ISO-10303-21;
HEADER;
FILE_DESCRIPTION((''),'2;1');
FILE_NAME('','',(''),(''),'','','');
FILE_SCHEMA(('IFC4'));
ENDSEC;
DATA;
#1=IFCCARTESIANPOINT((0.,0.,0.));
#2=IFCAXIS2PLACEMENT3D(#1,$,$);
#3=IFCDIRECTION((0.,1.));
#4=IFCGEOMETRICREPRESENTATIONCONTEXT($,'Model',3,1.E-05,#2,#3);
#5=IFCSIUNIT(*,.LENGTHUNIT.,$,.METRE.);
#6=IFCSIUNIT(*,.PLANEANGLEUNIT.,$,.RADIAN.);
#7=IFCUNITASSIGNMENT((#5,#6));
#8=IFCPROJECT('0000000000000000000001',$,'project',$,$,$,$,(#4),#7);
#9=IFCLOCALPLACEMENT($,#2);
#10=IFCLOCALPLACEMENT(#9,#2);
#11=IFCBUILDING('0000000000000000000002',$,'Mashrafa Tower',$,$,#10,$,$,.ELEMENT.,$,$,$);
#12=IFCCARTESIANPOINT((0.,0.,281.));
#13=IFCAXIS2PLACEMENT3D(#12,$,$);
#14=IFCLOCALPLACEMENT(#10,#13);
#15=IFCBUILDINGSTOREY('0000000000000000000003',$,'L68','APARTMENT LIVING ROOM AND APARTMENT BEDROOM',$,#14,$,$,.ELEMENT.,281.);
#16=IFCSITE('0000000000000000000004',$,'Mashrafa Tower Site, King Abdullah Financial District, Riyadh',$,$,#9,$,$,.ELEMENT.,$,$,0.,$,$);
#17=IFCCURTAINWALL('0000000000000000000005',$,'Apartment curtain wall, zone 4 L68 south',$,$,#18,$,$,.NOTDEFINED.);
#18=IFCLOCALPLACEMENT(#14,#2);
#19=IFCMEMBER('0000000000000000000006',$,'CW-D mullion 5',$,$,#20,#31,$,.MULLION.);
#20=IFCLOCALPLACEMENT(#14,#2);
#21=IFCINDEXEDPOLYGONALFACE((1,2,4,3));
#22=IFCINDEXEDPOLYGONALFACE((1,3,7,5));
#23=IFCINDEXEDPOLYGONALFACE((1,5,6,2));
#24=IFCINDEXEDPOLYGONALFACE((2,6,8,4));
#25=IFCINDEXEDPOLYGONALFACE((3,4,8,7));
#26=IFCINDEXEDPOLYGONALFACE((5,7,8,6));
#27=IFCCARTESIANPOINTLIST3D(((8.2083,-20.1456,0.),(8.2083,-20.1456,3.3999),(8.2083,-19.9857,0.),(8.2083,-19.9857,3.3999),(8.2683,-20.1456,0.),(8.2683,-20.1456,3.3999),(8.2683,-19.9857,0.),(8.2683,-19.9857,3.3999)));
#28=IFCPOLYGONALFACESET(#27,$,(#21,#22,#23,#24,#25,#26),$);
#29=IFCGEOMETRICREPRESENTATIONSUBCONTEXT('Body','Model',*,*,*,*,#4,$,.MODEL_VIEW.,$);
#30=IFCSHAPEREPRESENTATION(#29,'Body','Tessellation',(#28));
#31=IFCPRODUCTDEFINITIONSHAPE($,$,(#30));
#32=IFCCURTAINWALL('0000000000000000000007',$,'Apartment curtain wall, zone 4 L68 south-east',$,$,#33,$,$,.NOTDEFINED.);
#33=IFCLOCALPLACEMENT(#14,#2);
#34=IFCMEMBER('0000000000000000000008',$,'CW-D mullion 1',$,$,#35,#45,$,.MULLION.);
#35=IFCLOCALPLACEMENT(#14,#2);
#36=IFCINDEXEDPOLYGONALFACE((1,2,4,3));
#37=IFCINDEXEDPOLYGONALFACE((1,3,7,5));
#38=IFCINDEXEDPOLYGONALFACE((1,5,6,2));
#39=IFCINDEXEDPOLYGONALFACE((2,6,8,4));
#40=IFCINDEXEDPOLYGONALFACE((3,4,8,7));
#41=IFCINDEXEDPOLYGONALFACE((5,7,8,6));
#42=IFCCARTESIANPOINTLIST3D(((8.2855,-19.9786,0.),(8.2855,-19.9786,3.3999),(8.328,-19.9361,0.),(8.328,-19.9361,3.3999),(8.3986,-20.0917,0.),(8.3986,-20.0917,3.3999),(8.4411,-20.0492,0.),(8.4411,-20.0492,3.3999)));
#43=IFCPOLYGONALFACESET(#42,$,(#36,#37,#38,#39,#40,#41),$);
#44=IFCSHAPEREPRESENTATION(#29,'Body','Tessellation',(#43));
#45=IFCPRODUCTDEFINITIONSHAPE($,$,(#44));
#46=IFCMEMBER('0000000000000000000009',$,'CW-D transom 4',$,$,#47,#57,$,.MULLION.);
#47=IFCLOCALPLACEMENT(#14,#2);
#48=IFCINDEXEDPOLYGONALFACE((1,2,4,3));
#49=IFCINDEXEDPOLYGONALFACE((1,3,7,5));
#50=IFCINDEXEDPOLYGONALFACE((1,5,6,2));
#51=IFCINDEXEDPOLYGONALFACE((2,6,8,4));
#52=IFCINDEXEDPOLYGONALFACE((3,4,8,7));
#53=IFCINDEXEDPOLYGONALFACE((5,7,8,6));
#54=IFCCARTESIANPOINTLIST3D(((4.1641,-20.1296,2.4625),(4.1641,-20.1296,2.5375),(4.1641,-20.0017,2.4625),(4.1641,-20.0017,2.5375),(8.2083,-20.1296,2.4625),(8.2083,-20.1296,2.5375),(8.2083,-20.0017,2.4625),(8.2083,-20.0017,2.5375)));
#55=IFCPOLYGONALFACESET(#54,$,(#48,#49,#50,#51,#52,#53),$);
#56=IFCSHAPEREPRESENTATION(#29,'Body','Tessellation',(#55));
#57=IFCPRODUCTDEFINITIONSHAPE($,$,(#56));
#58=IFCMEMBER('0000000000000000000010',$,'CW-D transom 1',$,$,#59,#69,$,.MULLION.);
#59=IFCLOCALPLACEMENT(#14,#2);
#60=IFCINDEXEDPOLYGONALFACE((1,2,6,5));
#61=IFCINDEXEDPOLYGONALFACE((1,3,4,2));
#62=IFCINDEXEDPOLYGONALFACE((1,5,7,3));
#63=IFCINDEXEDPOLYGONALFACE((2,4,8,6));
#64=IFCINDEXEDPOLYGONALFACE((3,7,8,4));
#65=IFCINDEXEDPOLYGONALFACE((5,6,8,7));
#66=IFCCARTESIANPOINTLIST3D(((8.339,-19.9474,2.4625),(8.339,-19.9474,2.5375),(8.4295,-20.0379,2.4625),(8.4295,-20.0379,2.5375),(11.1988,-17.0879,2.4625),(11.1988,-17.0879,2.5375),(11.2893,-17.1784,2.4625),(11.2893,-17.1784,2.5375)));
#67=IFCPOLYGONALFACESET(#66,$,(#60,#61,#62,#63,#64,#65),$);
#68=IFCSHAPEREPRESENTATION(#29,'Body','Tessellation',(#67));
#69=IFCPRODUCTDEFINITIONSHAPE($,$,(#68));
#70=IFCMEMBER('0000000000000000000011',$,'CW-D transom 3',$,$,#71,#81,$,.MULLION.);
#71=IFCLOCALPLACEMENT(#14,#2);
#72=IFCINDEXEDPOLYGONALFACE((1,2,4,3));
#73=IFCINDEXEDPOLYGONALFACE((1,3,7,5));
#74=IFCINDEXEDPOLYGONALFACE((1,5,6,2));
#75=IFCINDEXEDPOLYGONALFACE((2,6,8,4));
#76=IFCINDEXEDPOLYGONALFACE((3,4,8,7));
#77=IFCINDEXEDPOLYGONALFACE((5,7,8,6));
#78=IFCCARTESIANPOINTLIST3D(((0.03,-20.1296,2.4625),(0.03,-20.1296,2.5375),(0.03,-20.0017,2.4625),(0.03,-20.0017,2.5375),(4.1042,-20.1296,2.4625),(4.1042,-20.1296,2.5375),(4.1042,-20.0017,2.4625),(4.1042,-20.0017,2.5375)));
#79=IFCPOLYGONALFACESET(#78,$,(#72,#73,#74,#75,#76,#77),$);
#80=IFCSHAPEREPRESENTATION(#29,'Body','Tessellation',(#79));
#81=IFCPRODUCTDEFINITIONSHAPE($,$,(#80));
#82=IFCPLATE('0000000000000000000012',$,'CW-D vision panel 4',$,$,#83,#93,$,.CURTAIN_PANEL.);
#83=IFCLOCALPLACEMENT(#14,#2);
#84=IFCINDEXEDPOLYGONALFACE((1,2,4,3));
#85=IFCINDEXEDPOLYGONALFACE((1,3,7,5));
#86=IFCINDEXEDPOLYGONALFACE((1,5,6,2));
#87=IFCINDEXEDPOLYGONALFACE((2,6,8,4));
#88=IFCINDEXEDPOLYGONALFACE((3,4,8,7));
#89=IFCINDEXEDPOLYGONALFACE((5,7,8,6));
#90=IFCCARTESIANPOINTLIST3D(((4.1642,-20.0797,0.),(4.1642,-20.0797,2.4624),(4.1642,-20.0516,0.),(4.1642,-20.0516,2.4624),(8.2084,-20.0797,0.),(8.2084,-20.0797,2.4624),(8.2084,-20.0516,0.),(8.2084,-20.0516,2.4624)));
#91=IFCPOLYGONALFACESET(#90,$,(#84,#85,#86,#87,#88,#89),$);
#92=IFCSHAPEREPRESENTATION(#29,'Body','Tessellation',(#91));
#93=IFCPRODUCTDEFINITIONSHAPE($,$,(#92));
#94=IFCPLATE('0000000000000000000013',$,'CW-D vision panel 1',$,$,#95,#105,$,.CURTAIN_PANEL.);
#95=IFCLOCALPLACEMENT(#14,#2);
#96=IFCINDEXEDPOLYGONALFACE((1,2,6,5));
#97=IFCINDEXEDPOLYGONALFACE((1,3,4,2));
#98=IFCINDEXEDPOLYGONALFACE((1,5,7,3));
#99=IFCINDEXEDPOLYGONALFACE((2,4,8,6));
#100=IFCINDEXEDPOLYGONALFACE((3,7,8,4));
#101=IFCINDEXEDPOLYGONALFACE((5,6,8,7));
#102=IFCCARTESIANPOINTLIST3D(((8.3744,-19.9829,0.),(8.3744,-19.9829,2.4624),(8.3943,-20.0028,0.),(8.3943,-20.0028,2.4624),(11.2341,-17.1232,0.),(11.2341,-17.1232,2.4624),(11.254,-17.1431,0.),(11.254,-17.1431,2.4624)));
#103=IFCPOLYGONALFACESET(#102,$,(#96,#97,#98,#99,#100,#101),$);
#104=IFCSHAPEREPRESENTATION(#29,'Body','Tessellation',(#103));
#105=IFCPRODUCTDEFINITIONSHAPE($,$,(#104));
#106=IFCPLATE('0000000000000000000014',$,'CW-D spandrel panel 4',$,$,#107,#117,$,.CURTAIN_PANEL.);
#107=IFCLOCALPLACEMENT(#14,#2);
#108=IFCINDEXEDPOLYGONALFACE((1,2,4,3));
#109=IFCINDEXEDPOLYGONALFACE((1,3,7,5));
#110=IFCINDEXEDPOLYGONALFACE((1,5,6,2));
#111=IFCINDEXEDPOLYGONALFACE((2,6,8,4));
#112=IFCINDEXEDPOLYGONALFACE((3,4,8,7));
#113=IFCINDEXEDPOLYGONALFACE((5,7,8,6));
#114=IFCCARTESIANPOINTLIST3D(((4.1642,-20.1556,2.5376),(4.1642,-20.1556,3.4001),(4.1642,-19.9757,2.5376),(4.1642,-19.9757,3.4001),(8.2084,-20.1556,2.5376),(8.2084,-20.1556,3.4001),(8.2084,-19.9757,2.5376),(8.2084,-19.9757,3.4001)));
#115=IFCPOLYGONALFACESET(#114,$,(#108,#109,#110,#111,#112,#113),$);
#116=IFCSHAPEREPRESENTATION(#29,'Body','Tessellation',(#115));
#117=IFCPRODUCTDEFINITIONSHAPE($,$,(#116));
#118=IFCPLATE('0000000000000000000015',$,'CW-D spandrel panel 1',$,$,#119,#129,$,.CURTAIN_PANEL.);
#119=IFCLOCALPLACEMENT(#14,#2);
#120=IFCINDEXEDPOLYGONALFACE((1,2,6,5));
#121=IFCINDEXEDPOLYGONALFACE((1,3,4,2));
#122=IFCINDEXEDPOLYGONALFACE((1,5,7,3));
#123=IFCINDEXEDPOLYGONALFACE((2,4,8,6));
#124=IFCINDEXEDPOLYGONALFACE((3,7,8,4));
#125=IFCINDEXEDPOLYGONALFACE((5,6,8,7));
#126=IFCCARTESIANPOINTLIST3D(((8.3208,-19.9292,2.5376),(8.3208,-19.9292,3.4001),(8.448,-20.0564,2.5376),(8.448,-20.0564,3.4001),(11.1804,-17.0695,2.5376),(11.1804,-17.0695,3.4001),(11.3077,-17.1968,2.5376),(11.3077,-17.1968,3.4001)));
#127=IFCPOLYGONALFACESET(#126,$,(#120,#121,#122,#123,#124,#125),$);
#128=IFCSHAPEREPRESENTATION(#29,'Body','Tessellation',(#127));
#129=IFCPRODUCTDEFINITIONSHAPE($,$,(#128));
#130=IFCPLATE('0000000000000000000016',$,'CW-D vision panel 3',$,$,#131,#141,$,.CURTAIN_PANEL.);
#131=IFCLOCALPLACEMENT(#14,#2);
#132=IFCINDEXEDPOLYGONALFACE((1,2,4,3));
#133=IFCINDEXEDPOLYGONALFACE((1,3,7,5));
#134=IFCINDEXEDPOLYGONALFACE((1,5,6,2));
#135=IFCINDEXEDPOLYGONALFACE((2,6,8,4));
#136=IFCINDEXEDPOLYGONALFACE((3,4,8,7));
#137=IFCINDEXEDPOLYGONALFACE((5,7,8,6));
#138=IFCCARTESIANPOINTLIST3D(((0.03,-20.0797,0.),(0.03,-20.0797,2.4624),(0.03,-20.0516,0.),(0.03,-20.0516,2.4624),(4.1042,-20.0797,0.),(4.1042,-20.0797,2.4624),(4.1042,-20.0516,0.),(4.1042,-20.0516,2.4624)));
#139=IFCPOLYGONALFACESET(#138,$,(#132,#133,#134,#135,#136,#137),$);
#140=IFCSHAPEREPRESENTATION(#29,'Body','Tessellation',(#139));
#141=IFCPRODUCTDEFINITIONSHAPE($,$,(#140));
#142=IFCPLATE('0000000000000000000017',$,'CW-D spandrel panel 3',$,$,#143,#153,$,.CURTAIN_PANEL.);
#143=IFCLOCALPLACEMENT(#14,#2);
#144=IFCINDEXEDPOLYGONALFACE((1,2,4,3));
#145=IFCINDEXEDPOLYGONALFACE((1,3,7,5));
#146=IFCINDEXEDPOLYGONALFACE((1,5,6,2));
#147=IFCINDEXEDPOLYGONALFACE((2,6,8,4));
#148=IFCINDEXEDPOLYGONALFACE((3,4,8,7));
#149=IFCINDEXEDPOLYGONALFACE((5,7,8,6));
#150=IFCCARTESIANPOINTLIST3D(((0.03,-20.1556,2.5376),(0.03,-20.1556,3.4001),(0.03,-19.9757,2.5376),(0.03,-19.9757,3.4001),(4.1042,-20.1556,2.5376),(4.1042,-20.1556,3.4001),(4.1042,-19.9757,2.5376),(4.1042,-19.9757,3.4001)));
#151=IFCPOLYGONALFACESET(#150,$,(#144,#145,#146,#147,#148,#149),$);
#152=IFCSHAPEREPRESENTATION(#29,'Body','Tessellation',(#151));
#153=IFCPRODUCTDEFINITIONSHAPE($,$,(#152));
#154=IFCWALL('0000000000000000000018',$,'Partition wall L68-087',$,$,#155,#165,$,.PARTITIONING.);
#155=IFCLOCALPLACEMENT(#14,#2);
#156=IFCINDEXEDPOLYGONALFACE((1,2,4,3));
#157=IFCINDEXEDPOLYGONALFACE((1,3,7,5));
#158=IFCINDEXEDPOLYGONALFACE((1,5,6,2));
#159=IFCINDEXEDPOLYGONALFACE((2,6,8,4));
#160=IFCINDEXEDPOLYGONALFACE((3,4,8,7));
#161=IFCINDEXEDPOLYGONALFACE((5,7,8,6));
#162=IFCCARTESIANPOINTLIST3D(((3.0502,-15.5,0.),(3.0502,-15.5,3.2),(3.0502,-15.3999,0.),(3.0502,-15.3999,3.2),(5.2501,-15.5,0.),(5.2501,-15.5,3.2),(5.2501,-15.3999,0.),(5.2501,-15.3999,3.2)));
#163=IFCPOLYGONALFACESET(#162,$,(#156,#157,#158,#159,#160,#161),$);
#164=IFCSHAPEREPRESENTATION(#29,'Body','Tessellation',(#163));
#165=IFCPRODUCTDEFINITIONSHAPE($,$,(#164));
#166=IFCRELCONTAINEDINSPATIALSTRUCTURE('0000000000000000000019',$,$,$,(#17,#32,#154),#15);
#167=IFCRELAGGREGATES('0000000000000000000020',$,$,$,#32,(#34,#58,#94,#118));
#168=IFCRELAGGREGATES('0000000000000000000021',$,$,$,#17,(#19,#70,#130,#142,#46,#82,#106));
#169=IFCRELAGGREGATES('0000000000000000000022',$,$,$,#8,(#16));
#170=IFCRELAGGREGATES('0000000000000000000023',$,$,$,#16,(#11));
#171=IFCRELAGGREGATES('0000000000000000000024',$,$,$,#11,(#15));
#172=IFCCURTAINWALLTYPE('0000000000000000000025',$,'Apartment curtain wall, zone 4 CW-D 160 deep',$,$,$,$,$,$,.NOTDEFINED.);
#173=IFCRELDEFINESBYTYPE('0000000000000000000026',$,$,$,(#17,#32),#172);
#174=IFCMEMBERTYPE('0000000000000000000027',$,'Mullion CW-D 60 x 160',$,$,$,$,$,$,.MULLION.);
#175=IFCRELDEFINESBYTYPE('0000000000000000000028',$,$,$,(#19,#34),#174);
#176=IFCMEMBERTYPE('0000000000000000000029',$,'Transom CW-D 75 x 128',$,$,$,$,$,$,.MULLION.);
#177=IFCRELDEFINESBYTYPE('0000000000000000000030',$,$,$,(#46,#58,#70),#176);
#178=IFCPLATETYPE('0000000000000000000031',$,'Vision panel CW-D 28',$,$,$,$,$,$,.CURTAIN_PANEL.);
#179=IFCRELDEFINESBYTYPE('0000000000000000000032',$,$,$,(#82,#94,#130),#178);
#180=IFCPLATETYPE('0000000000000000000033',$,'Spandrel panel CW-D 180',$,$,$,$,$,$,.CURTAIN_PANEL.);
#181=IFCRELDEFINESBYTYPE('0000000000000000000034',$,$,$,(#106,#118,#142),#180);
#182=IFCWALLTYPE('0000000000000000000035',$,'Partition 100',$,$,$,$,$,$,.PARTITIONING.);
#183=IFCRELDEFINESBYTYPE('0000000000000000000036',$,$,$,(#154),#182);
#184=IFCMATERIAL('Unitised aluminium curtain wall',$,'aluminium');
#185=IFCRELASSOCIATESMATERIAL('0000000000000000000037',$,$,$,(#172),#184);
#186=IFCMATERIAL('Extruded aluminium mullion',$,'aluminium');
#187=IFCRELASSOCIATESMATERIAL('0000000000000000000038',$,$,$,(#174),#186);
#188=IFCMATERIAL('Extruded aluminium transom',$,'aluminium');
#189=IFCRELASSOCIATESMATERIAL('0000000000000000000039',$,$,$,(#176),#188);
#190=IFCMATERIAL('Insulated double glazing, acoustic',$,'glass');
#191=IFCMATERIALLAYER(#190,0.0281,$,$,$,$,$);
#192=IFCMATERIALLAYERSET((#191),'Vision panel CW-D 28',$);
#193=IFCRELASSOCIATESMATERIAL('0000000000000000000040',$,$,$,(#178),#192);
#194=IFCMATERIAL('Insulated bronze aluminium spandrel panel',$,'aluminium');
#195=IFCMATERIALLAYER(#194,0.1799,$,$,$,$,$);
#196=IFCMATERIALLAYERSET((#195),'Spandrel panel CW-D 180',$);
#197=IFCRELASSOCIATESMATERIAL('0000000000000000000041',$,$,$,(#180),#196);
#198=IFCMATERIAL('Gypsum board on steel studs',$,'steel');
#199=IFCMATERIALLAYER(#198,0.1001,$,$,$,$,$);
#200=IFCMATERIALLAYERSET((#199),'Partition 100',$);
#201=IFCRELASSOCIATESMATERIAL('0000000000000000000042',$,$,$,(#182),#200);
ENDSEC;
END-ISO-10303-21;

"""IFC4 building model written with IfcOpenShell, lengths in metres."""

from ifc_helpers import new_model, si_unit, direction, frame, frame_2d, origin, origin_2d, place, context, subcontext, project, spatial, rectangle, extrude, source, transform, mapped, material, layer, layer_set, material_profile, profile_set, type_object, type_shapes, element, aggregate, save


model = new_model("IFC4")

# Units and contexts
model_context = context("Model", 3, precision=1e-05, world=origin(), true_north=direction((0.0, 1.0)))
body_context = subcontext(model_context, "Body", "Model", "MODEL_VIEW")
ifc_project = project(units=[si_unit("LENGTHUNIT", "METRE"), si_unit("PLANEANGLEUNIT", "RADIAN")], contexts=[model_context])

# Site, building, storey
site_placement = place(None, origin())
site = spatial("IfcSite", under=ifc_project, at=site_placement, Name="Mashrafa Tower Site, King Abdullah Financial District, Riyadh", CompositionType="ELEMENT", RefElevation=0.0)
building_placement = place(site_placement, origin())
building = spatial("IfcBuilding", under=site, at=building_placement, Name="Mashrafa Tower", CompositionType="ELEMENT")
storey_placement = place(building_placement, frame((0.0, 0.0, 281.0)))
storey = spatial("IfcBuildingStorey", under=building, at=storey_placement, Name="L68", Description="APARTMENT LIVING ROOM AND APARTMENT BEDROOM", CompositionType="ELEMENT", Elevation=281.0)

# Curtain wall, member
ifc_material_1 = material(Name="Unitised aluminium curtain wall", Category="aluminium")
curtain_wall_type = type_object("IfcCurtainWallType", Name="Apartment curtain wall, zone 4 CW-D 160 deep", PredefinedType="NOTDEFINED", material=ifc_material_1)
curtain_wall_1_placement = place(storey_placement, origin())
curtain_wall_1 = element("IfcCurtainWall", 1, at=curtain_wall_1_placement, inside=storey, type_object=curtain_wall_type, Name="Apartment curtain wall, zone 4 L68 south", PredefinedType="NOTDEFINED")
ifc_material_2 = material(Name="Extruded aluminium mullion", Category="aluminium")
ifc_material_profile_1 = material_profile(ifc_material_2, rectangle(XDim=0.1599, YDim=0.0601, at=origin_2d()), Name="Mullion 60x160")
ifc_profile_set_1 = profile_set([ifc_material_profile_1], Name="Extruded aluminium mullion")
member_type_1 = type_object("IfcMemberType", Name="Mullion CW-D 60 x 160", PredefinedType="MULLION", material=ifc_profile_set_1)
shared_shape_1 = source(origin(), body_context, "Body", "SweptSolid", [
    extrude(rectangle(XDim=0.1599, YDim=0.0601, at=origin_2d()), origin(), (0.0, 0.0, 1.0), 3.3999),
])
type_shapes(member_type_1, [shared_shape_1])
member_1_placement = place(storey_placement, frame((8.2383, -20.0657, 0.0), z_axis=(0.0, 0.0, 1.0), x_axis=(0.0, 1.0, 0.0)))
member_1 = element("IfcMember", 2, at=member_1_placement, type_object=member_type_1, Name="CW-D mullion 5", PredefinedType="MULLION", context=body_context, shape_type="MappedRepresentation", body=[
    mapped(shared_shape_1, transform((0.0, 0.0, 0.0))),
])

# Curtain wall, member
curtain_wall_2_placement = place(storey_placement, origin())
curtain_wall_2 = element("IfcCurtainWall", 3, at=curtain_wall_2_placement, inside=storey, type_object=curtain_wall_type, Name="Apartment curtain wall, zone 4 L68 south-east", PredefinedType="NOTDEFINED")
member_2_placement = place(storey_placement, frame((8.3633, -20.0139, 0.0), z_axis=(0.0, 0.0, 1.0), x_axis=(-0.707107, 0.707107, 0.0)))
member_2 = element("IfcMember", 4, at=member_2_placement, type_object=member_type_1, Name="CW-D mullion 1", PredefinedType="MULLION", context=body_context, shape_type="MappedRepresentation", body=[
    mapped(shared_shape_1, transform((0.0, 0.0, 0.0))),
])

# Members
ifc_material_3 = material(Name="Extruded aluminium transom", Category="aluminium")
ifc_material_profile_2 = material_profile(ifc_material_3, rectangle(XDim=0.1279, YDim=0.075, at=origin_2d()), Name="Transom 75x128")
ifc_profile_set_2 = profile_set([ifc_material_profile_2], Name="Extruded aluminium transom")
member_type_2 = type_object("IfcMemberType", Name="Transom CW-D 75 x 128", PredefinedType="MULLION", material=ifc_profile_set_2)
shared_shape_2 = source(origin(), body_context, "Body", "SweptSolid", [
    extrude(rectangle(XDim=0.1279, YDim=0.075, at=origin_2d()), origin(), (0.0, 0.0, 1.0), 4.0442),
])
member_3_placement = place(storey_placement, frame((4.1641, -20.0657, 2.5), z_axis=(1.0, 0.0, 0.0), x_axis=(0.0, 1.0, 0.0)))
member_3 = element("IfcMember", 5, at=member_3_placement, type_object=member_type_2, Name="CW-D transom 4", PredefinedType="MULLION", context=body_context, shape_type="MappedRepresentation", body=[
    mapped(shared_shape_2, transform((0.0, 0.0, 0.0))),
])
member_4_placement = place(storey_placement, frame((8.3843, -19.9927, 2.5), z_axis=(0.707137, 0.707077, 0.0), x_axis=(-0.707077, 0.707137, 0.0)))
member_4 = element("IfcMember", 6, at=member_4_placement, type_object=member_type_2, Name="CW-D transom 1", PredefinedType="MULLION", context=body_context, shape_type="MappedRepresentation", body=[
    mapped(shared_shape_2, transform((0.0, 0.0, 0.0))),
])
shared_shape_3 = source(origin(), body_context, "Body", "SweptSolid", [
    extrude(rectangle(XDim=0.1279, YDim=0.075, at=origin_2d()), origin(), (0.0, 0.0, 1.0), 4.0742),
])
type_shapes(member_type_2, [shared_shape_2, shared_shape_3])
member_5_placement = place(storey_placement, frame((0.03, -20.0657, 2.5), z_axis=(1.0, 0.0, 0.0), x_axis=(0.0, 1.0, 0.0)))
member_5 = element("IfcMember", 7, at=member_5_placement, type_object=member_type_2, Name="CW-D transom 3", PredefinedType="MULLION", context=body_context, shape_type="MappedRepresentation", body=[
    mapped(shared_shape_3, transform((0.0, 0.0, 0.0))),
])

# Plates
ifc_material_4 = material(Name="Insulated double glazing, acoustic", Category="glass")
ifc_layer_1 = layer(ifc_material_4, 0.0281)
ifc_layer_set_1 = layer_set([ifc_layer_1], Name="Vision panel CW-D 28")
plate_type_1 = type_object("IfcPlateType", Name="Vision panel CW-D 28", PredefinedType="CURTAIN_PANEL", material=ifc_layer_set_1)
shared_shape_4 = source(origin(), body_context, "Body", "SweptSolid", [
    extrude(rectangle(XDim=4.0442, YDim=0.0281, at=origin_2d()), origin(), (0.0, 0.0, 1.0), 2.4624),
])
plate_1_placement = place(storey_placement, frame((6.1863, -20.0657, 0.0), z_axis=(0.0, 0.0, 1.0), x_axis=(1.0, 0.0, 0.0)))
plate_1 = element("IfcPlate", 8, at=plate_1_placement, type_object=plate_type_1, Name="CW-D vision panel 4", PredefinedType="CURTAIN_PANEL", context=body_context, shape_type="MappedRepresentation", body=[
    mapped(shared_shape_4, transform((0.0, 0.0, 0.0))),
])
plate_2_placement = place(storey_placement, frame((9.8142, -18.563, 0.0), z_axis=(0.0, 0.0, 1.0), x_axis=(0.707107, 0.707107, 0.0)))
plate_2 = element("IfcPlate", 9, at=plate_2_placement, type_object=plate_type_1, Name="CW-D vision panel 1", PredefinedType="CURTAIN_PANEL", context=body_context, shape_type="MappedRepresentation", body=[
    mapped(shared_shape_4, transform((0.0, 0.0, 0.0))),
])
ifc_material_5 = material(Name="Insulated bronze aluminium spandrel panel", Category="aluminium")
ifc_layer_2 = layer(ifc_material_5, 0.1799)
ifc_layer_set_2 = layer_set([ifc_layer_2], Name="Spandrel panel CW-D 180")
plate_type_2 = type_object("IfcPlateType", Name="Spandrel panel CW-D 180", PredefinedType="CURTAIN_PANEL", material=ifc_layer_set_2)
shared_shape_5 = source(origin(), body_context, "Body", "SweptSolid", [
    extrude(rectangle(XDim=4.0442, YDim=0.1799, at=origin_2d()), origin(), (0.0, 0.0, 1.0), 0.8625),
])
plate_3_placement = place(storey_placement, frame((6.1863, -20.0657, 2.5376), z_axis=(0.0, 0.0, 1.0), x_axis=(1.0, 0.0, 0.0)))
plate_3 = element("IfcPlate", 10, at=plate_3_placement, type_object=plate_type_2, Name="CW-D spandrel panel 4", PredefinedType="CURTAIN_PANEL", context=body_context, shape_type="MappedRepresentation", body=[
    mapped(shared_shape_5, transform((0.0, 0.0, 0.0))),
])
plate_4_placement = place(storey_placement, frame((9.8142, -18.563, 2.5376), z_axis=(0.0, 0.0, 1.0), x_axis=(0.707107, 0.707107, 0.0)))
plate_4 = element("IfcPlate", 11, at=plate_4_placement, type_object=plate_type_2, Name="CW-D spandrel panel 1", PredefinedType="CURTAIN_PANEL", context=body_context, shape_type="MappedRepresentation", body=[
    mapped(shared_shape_5, transform((0.0, 0.0, 0.0))),
])
aggregate(curtain_wall_2, [member_2, member_4, plate_2, plate_4])
shared_shape_6 = source(origin(), body_context, "Body", "SweptSolid", [
    extrude(rectangle(XDim=4.0742, YDim=0.0281, at=origin_2d()), origin(), (0.0, 0.0, 1.0), 2.4624),
])
type_shapes(plate_type_1, [shared_shape_4, shared_shape_6])
plate_5_placement = place(storey_placement, frame((2.0671, -20.0657, 0.0), z_axis=(0.0, 0.0, 1.0), x_axis=(1.0, 0.0, 0.0)))
plate_5 = element("IfcPlate", 12, at=plate_5_placement, type_object=plate_type_1, Name="CW-D vision panel 3", PredefinedType="CURTAIN_PANEL", context=body_context, shape_type="MappedRepresentation", body=[
    mapped(shared_shape_6, transform((0.0, 0.0, 0.0))),
])
shared_shape_7 = source(origin(), body_context, "Body", "SweptSolid", [
    extrude(rectangle(XDim=4.0742, YDim=0.1799, at=origin_2d()), origin(), (0.0, 0.0, 1.0), 0.8625),
])
type_shapes(plate_type_2, [shared_shape_5, shared_shape_7])
plate_6_placement = place(storey_placement, frame((2.0671, -20.0657, 2.5376), z_axis=(0.0, 0.0, 1.0), x_axis=(1.0, 0.0, 0.0)))
plate_6 = element("IfcPlate", 13, at=plate_6_placement, type_object=plate_type_2, Name="CW-D spandrel panel 3", PredefinedType="CURTAIN_PANEL", context=body_context, shape_type="MappedRepresentation", body=[
    mapped(shared_shape_7, transform((0.0, 0.0, 0.0))),
])
aggregate(curtain_wall_1, [member_1, member_5, plate_5, plate_6, member_3, plate_1, plate_3])

# Wall
ifc_material_6 = material(Name="Gypsum board on steel studs", Category="steel")
ifc_layer_3 = layer(ifc_material_6, 0.1001)
ifc_layer_set_3 = layer_set([ifc_layer_3], Name="Partition 100")
wall_type = type_object("IfcWallType", Name="Partition 100", PredefinedType="PARTITIONING", material=ifc_layer_set_3)
wall_1_placement = place(storey_placement, frame((3.05, -15.45, 0.0), z_axis=(0.0, 0.0, 1.0), x_axis=(1.0, 0.0, 0.0)))
element("IfcWall", 14, at=wall_1_placement, inside=storey, type_object=wall_type, Name="Partition wall L68-087", PredefinedType="PARTITIONING", context=body_context, shape_type="SweptSolid", body=[
    extrude(rectangle(XDim=2.2, YDim=0.1001, at=frame_2d((1.1001, 0.0))), origin(), (0.0, 0.0, 1.0), 3.2),
])

save(model, "model.ifc")
